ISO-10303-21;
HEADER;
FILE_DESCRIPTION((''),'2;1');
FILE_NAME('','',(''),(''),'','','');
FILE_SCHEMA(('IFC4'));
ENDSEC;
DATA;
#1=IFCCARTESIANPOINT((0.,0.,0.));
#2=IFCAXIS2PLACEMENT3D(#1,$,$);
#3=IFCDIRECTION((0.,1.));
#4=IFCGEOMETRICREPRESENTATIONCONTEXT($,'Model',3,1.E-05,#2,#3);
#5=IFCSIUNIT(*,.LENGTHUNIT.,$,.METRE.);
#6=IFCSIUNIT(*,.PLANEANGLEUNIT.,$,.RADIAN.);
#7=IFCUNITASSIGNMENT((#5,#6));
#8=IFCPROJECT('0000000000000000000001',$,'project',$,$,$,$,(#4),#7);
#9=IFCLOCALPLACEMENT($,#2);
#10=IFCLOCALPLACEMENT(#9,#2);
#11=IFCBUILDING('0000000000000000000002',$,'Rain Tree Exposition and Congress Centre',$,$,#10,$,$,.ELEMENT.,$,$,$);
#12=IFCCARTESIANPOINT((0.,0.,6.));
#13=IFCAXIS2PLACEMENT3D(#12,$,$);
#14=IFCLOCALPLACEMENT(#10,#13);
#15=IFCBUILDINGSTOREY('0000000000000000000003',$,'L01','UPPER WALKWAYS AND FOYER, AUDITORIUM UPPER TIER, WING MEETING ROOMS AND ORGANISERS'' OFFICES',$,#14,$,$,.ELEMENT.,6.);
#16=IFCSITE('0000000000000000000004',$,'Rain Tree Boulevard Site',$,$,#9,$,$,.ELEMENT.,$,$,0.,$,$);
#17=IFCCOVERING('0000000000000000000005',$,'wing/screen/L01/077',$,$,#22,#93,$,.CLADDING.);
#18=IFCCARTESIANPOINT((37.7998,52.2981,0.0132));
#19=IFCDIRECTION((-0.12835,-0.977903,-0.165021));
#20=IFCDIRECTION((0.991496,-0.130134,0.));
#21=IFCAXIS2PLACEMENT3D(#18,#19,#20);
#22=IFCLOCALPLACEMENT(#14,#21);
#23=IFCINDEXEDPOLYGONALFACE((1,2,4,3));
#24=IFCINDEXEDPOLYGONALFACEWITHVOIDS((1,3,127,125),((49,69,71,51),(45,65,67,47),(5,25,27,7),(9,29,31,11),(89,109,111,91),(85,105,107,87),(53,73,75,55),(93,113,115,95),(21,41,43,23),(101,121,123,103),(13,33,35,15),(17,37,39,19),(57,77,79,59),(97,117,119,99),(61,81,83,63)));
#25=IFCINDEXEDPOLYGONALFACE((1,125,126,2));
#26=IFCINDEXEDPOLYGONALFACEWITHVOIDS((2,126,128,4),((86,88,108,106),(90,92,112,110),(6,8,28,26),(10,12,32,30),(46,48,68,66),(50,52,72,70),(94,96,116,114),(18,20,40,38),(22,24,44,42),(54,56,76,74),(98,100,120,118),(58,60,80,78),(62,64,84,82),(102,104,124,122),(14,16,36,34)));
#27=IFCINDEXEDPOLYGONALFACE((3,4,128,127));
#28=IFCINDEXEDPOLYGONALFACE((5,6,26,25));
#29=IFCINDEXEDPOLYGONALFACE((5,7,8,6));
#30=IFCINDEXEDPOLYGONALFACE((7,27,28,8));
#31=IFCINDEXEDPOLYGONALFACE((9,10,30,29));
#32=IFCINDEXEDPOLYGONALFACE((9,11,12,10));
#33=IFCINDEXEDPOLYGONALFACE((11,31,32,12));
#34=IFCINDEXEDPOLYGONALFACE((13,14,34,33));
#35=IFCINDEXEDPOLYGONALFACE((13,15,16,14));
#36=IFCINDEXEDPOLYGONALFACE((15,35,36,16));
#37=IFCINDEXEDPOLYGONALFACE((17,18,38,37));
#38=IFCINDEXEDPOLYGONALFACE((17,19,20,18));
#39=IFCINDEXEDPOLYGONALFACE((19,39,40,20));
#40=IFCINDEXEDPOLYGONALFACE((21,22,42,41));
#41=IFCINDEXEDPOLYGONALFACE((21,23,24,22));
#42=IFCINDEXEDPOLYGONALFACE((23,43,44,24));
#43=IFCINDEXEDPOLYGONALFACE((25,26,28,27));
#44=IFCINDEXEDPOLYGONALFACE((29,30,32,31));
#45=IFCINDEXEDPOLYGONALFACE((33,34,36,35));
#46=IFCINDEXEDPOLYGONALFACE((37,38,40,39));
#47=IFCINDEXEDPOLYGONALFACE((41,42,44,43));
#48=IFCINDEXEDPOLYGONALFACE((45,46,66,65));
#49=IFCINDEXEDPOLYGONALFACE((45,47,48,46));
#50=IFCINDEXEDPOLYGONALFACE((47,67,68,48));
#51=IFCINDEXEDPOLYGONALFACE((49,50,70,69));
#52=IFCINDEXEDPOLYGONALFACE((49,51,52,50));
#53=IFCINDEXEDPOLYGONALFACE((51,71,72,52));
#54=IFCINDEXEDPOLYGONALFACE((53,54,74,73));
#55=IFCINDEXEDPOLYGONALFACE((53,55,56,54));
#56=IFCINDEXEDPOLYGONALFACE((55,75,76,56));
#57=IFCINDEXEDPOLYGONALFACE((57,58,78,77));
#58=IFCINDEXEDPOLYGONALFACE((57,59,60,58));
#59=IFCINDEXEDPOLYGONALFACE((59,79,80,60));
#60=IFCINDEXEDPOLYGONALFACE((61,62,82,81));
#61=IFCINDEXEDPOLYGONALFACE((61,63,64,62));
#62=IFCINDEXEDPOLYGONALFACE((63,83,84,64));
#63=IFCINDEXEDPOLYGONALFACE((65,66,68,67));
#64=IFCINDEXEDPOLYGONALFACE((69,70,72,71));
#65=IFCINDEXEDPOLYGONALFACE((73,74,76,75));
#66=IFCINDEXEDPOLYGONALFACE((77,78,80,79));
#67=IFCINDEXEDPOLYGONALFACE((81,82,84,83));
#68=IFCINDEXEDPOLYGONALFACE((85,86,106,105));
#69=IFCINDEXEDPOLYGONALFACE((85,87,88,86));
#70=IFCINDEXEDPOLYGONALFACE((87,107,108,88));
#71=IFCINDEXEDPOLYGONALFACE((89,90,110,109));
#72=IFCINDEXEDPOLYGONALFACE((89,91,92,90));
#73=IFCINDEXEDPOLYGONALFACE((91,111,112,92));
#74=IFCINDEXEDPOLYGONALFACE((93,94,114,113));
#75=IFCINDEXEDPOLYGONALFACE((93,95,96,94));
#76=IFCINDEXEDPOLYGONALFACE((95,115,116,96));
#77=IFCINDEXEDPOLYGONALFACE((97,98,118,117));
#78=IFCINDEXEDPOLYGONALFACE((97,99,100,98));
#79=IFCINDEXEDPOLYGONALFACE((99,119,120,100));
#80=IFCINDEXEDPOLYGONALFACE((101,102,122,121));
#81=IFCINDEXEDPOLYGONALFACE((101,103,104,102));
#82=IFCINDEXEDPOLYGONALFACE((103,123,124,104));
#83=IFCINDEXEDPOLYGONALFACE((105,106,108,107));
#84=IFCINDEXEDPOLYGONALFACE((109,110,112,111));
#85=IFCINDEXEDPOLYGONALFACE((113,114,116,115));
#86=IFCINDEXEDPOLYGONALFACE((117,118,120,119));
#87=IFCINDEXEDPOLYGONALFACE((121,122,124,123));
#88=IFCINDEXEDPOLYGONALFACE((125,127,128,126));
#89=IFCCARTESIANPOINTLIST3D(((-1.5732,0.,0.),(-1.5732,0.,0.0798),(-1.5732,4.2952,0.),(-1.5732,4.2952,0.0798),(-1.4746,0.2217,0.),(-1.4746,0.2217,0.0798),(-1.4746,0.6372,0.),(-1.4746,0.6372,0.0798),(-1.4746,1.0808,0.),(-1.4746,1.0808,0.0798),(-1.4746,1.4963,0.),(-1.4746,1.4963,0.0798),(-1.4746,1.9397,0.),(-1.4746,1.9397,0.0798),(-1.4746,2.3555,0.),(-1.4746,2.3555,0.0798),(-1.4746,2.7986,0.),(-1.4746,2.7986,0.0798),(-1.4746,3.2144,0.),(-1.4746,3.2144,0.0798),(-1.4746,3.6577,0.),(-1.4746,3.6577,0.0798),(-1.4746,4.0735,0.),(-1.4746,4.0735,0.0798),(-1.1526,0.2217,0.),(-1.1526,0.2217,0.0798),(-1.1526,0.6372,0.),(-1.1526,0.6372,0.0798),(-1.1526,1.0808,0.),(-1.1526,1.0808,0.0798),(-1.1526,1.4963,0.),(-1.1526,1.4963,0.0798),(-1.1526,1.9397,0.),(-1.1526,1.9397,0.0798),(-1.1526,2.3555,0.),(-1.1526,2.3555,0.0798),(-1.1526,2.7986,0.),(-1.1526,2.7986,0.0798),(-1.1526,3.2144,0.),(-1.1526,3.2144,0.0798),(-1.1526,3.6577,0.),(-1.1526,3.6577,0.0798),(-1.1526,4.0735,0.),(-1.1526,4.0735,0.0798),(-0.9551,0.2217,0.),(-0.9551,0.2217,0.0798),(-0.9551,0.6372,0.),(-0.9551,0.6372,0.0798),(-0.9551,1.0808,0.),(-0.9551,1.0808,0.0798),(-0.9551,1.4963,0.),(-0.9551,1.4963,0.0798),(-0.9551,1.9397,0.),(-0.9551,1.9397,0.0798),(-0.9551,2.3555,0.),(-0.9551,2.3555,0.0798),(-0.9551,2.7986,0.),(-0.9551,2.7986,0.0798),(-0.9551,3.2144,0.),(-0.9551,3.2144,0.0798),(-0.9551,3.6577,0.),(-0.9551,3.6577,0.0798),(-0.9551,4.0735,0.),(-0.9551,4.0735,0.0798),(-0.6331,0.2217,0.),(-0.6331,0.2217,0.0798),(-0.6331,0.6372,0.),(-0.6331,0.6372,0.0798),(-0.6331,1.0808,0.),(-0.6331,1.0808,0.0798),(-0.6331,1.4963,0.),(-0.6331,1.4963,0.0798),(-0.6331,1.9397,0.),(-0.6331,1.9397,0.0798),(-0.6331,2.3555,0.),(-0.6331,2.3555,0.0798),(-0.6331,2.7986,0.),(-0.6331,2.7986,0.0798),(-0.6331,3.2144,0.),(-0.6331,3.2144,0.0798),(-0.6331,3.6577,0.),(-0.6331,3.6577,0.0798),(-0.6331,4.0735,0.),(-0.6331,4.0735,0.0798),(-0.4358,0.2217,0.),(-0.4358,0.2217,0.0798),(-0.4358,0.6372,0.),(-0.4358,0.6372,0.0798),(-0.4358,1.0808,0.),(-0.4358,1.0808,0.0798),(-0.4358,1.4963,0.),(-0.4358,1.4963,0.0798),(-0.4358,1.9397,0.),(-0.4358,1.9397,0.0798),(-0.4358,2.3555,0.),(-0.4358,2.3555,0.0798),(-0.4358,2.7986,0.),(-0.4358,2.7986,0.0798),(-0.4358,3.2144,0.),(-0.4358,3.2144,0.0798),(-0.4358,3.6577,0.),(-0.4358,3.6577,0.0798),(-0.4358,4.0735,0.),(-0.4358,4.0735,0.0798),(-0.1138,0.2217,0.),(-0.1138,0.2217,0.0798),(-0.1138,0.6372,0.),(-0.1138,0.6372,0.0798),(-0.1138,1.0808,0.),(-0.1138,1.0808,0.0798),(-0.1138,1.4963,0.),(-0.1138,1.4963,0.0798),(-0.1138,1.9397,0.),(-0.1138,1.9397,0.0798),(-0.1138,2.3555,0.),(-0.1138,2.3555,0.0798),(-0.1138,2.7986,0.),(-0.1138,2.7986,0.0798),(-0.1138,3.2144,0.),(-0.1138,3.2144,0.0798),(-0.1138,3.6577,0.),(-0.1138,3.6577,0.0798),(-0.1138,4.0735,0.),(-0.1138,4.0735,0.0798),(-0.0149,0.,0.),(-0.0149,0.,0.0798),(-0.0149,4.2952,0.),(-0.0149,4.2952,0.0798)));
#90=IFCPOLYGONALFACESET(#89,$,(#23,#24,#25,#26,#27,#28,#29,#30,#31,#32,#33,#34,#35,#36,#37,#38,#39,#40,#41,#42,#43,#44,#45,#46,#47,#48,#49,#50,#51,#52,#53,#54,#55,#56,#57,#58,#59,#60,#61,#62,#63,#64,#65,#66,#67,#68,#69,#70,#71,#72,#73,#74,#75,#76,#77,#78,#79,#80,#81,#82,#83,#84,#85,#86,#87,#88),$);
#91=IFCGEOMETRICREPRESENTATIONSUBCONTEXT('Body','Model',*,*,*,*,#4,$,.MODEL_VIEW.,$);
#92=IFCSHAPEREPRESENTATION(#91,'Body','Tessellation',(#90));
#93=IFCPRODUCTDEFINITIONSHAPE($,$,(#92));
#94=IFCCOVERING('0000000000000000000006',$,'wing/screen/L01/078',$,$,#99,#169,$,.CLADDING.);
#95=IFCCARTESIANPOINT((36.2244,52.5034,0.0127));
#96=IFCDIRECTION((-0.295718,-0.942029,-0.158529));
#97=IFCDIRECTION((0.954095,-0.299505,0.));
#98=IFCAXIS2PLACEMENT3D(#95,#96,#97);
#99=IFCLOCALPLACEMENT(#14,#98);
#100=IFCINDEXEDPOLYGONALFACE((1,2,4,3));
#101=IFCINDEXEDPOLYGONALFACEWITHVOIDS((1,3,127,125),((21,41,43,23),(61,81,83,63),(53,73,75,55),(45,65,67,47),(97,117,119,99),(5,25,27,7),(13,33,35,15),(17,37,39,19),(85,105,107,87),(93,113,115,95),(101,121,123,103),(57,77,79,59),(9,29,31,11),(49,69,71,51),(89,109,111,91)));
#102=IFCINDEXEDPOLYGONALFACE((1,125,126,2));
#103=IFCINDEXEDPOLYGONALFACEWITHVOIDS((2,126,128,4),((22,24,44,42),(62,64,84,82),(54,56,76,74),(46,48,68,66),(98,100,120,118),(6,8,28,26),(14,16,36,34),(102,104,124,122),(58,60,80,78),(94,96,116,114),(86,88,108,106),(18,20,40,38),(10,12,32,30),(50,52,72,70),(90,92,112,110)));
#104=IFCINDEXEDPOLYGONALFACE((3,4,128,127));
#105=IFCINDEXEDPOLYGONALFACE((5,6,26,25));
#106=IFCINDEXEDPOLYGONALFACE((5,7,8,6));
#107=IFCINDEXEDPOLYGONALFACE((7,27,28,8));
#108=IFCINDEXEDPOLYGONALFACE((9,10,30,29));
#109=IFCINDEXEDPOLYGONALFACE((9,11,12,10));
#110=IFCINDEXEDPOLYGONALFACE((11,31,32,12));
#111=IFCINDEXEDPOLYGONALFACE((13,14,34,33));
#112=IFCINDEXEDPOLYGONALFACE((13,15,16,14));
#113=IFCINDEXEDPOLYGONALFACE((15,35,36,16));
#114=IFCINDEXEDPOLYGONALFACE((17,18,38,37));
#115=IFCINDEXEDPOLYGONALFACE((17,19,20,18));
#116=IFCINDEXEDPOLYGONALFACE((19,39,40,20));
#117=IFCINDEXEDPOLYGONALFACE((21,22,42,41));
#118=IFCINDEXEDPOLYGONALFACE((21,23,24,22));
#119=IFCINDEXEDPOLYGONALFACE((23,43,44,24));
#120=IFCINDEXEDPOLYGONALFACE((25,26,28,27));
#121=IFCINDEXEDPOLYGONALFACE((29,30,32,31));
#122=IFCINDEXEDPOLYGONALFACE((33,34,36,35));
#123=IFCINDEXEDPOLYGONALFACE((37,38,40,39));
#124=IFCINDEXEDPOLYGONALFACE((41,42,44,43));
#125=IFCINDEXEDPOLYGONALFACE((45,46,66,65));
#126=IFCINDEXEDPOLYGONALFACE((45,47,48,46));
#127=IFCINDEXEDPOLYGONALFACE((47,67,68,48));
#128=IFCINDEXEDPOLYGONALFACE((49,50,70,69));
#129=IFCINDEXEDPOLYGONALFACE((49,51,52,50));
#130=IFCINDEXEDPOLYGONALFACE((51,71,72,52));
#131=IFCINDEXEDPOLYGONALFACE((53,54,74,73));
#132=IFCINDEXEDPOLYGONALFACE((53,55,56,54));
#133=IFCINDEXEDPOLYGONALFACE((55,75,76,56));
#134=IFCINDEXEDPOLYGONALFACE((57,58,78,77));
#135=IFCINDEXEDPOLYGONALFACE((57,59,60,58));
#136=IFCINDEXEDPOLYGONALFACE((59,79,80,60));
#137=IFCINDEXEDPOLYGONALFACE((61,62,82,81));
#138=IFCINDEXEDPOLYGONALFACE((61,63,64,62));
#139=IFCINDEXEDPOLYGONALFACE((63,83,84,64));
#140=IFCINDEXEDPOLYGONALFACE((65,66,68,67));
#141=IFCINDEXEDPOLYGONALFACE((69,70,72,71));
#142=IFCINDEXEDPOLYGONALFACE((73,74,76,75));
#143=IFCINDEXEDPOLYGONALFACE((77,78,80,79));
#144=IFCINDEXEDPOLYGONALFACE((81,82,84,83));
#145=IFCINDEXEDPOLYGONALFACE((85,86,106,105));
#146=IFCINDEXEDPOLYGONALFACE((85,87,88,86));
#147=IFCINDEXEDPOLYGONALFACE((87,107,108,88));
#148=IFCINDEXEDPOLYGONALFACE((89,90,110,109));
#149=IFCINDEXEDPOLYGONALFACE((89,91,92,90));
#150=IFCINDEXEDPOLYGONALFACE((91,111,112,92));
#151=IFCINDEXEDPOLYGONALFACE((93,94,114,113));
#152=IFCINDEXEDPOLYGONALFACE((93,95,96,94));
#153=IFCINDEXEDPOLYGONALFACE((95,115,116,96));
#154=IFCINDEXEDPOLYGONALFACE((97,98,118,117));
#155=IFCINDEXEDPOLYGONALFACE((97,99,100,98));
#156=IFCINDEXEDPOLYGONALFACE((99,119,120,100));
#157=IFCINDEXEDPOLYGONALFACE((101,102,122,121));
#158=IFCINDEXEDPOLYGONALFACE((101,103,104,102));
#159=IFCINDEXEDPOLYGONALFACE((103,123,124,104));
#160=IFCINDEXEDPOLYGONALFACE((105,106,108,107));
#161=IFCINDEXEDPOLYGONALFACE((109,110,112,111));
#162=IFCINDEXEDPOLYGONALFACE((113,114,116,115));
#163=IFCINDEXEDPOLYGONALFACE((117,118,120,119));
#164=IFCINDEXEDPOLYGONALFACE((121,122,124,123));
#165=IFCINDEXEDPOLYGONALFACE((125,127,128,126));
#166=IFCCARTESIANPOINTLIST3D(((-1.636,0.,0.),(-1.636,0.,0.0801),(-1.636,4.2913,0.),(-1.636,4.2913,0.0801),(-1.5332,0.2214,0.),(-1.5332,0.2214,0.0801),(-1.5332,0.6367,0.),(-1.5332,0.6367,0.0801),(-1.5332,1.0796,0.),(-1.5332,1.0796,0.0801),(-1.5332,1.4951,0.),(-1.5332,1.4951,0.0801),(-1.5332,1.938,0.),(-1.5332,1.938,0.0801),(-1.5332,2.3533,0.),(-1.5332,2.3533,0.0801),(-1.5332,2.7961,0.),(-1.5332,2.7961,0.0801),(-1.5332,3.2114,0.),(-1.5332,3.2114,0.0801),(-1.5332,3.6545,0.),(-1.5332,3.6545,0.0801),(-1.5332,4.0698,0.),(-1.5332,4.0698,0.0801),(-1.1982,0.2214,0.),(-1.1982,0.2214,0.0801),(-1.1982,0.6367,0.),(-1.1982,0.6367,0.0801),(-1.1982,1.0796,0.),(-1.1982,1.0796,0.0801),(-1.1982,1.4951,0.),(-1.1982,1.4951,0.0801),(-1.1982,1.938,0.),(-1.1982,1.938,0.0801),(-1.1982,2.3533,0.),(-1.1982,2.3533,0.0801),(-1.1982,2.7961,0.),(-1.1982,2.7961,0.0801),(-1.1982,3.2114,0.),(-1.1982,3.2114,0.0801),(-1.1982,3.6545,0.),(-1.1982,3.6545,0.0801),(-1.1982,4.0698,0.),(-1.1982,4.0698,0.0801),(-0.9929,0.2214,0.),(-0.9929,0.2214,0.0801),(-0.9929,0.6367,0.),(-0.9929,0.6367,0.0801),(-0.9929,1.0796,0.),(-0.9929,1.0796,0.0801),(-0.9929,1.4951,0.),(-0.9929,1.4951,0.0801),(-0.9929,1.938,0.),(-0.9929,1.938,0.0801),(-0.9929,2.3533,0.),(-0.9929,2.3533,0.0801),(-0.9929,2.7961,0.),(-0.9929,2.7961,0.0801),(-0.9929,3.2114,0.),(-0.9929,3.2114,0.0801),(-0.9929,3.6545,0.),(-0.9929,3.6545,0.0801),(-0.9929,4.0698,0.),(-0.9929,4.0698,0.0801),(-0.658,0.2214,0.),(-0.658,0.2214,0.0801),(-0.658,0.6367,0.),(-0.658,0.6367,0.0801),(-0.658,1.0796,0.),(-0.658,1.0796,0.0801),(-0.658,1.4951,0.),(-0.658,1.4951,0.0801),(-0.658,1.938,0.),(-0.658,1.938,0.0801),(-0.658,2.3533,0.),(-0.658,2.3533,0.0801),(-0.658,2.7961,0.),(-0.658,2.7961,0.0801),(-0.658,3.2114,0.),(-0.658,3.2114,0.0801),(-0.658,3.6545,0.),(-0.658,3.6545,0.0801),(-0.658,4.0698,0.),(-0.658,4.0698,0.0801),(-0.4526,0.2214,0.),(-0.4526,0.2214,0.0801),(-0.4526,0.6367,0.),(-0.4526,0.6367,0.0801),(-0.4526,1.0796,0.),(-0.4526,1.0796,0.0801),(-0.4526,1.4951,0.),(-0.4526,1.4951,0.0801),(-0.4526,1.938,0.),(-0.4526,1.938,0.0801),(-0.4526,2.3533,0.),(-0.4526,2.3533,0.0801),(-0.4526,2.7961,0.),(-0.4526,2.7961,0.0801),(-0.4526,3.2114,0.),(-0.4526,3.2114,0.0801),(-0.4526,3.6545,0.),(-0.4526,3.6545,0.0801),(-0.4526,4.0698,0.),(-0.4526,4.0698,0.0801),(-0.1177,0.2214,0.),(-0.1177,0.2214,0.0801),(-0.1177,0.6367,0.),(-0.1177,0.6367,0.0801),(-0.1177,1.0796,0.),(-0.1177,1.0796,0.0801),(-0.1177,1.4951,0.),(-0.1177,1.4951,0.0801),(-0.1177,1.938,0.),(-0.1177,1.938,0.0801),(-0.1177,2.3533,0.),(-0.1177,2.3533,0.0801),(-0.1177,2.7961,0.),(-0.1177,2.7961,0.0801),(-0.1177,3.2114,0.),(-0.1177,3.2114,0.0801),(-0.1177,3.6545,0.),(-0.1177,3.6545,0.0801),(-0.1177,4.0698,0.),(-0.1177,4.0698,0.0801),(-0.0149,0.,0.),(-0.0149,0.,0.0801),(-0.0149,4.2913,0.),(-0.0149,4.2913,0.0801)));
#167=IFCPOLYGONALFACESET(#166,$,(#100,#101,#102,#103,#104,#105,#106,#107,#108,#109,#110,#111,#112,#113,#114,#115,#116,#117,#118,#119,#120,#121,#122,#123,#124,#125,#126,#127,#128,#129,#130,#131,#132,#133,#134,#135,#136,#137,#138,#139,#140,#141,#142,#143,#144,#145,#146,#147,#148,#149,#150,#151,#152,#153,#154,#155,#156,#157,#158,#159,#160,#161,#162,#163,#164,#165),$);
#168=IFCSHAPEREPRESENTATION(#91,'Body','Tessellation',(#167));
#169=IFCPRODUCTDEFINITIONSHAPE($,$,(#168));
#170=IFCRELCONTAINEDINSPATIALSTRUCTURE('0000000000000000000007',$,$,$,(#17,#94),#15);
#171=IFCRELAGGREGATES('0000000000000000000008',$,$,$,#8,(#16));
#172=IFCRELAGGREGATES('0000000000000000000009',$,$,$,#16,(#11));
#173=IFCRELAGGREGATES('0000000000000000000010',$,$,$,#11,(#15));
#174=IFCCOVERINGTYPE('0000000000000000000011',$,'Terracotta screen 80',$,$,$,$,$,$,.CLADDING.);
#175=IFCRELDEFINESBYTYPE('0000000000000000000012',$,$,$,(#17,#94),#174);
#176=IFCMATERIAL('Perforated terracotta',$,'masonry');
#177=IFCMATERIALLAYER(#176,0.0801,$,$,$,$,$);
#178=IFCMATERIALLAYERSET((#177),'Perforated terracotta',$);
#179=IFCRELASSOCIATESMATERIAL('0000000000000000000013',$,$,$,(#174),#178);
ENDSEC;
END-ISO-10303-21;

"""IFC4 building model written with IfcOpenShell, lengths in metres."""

from ifc_helpers import new_model, si_unit, direction, frame, origin, place, context, subcontext, project, spatial, polyline, outline, extrude, material, layer, layer_set, type_object, element, save


model = new_model("IFC4")

# Units and contexts
model_context = context("Model", 3, precision=1e-05, world=origin(), true_north=direction((0.0, 1.0)))
body_context = subcontext(model_context, "Body", "Model", "MODEL_VIEW")
ifc_project = project(units=[si_unit("LENGTHUNIT", "METRE"), si_unit("PLANEANGLEUNIT", "RADIAN")], contexts=[model_context])

# Site, building, storey
site_placement = place(None, origin())
site = spatial("IfcSite", under=ifc_project, at=site_placement, Name="Rain Tree Boulevard Site", CompositionType="ELEMENT", RefElevation=0.0)
building_placement = place(site_placement, origin())
building = spatial("IfcBuilding", under=site, at=building_placement, Name="Rain Tree Exposition and Congress Centre", CompositionType="ELEMENT")
storey_placement = place(building_placement, frame((0.0, 0.0, 6.0)))
storey = spatial("IfcBuildingStorey", under=building, at=storey_placement, Name="L01", Description="UPPER WALKWAYS AND FOYER, AUDITORIUM UPPER TIER, WING MEETING ROOMS AND ORGANISERS' OFFICES", CompositionType="ELEMENT", Elevation=6.0)

# Coverings
ifc_material_1 = material(Name="Perforated terracotta", Category="masonry")
ifc_layer_1 = layer(ifc_material_1, 0.0801)
ifc_layer_set_1 = layer_set([ifc_layer_1], Name="Perforated terracotta")
covering_type = type_object("IfcCoveringType", Name="Terracotta screen 80", PredefinedType="CLADDING", material=ifc_layer_set_1)
covering_1_placement = place(storey_placement, frame((37.7998, 52.2981, 0.0132), z_axis=(-0.12835, -0.977903, -0.165021), x_axis=(0.991496, -0.130134, 0.0)))
element("IfcCovering", 1, at=covering_1_placement, inside=storey, type_object=covering_type, Name="wing/screen/L01/077", PredefinedType="CLADDING", context=body_context, shape_type="SweptSolid", body=[
    extrude(outline(polyline([(-1.5732, 0.0), (-1.5732, 4.2952), (-0.0149, 4.2952), (-0.0149, 0.0), (-1.5732, 0.0)]), holes=[polyline([(-0.1138, 0.2217), (-0.1138, 0.6372), (-0.4358, 0.6372), (-0.4358, 0.2217), (-0.1138, 0.2217)]), polyline([(-0.1138, 1.0808), (-0.1138, 1.4963), (-0.4358, 1.4963), (-0.4358, 1.0808), (-0.1138, 1.0808)]), polyline([(-0.1138, 1.9397), (-0.1138, 2.3555), (-0.4358, 2.3555), (-0.4358, 1.9397), (-0.1138, 1.9397)]), polyline([(-0.1138, 2.7986), (-0.1138, 3.2144), (-0.4358, 3.2144), (-0.4358, 2.7986), (-0.1138, 2.7986)]), polyline([(-0.1138, 3.6577), (-0.1138, 4.0735), (-0.4358, 4.0735), (-0.4358, 3.6577), (-0.1138, 3.6577)]), polyline([(-0.6331, 0.2217), (-0.6331, 0.6372), (-0.9551, 0.6372), (-0.9551, 0.2217), (-0.6331, 0.2217)]), polyline([(-0.6331, 1.0808), (-0.6331, 1.4963), (-0.9551, 1.4963), (-0.9551, 1.0808), (-0.6331, 1.0808)]), polyline([(-0.6331, 1.9397), (-0.6331, 2.3555), (-0.9551, 2.3555), (-0.9551, 1.9397), (-0.6331, 1.9397)]), polyline([(-0.6331, 2.7986), (-0.6331, 3.2144), (-0.9551, 3.2144), (-0.9551, 2.7986), (-0.6331, 2.7986)]), polyline([(-0.6331, 3.6577), (-0.6331, 4.0735), (-0.9551, 4.0735), (-0.9551, 3.6577), (-0.6331, 3.6577)]), polyline([(-1.1526, 0.2217), (-1.1526, 0.6372), (-1.4746, 0.6372), (-1.4746, 0.2217), (-1.1526, 0.2217)]), polyline([(-1.1526, 1.0808), (-1.1526, 1.4963), (-1.4746, 1.4963), (-1.4746, 1.0808), (-1.1526, 1.0808)]), polyline([(-1.1526, 1.9397), (-1.1526, 2.3555), (-1.4746, 2.3555), (-1.4746, 1.9397), (-1.1526, 1.9397)]), polyline([(-1.1526, 2.7986), (-1.1526, 3.2144), (-1.4746, 3.2144), (-1.4746, 2.7986), (-1.1526, 2.7986)]), polyline([(-1.1526, 3.6577), (-1.1526, 4.0735), (-1.4746, 4.0735), (-1.4746, 3.6577), (-1.1526, 3.6577)])]), origin(), (0.0, 0.0, 1.0), 0.0798),
])
covering_2_placement = place(storey_placement, frame((36.2244, 52.5034, 0.0127), z_axis=(-0.295718, -0.942029, -0.158529), x_axis=(0.954095, -0.299505, 0.0)))
element("IfcCovering", 2, at=covering_2_placement, inside=storey, type_object=covering_type, Name="wing/screen/L01/078", PredefinedType="CLADDING", context=body_context, shape_type="SweptSolid", body=[
    extrude(outline(polyline([(-1.636, 0.0), (-1.636, 4.2913), (-0.0149, 4.2913), (-0.0149, 0.0), (-1.636, 0.0)]), holes=[polyline([(-0.1177, 0.2214), (-0.1177, 0.6367), (-0.4526, 0.6367), (-0.4526, 0.2214), (-0.1177, 0.2214)]), polyline([(-0.1177, 1.0796), (-0.1177, 1.4951), (-0.4526, 1.4951), (-0.4526, 1.0796), (-0.1177, 1.0796)]), polyline([(-0.1177, 1.938), (-0.1177, 2.3533), (-0.4526, 2.3533), (-0.4526, 1.938), (-0.1177, 1.938)]), polyline([(-0.1177, 2.7961), (-0.1177, 3.2114), (-0.4526, 3.2114), (-0.4526, 2.7961), (-0.1177, 2.7961)]), polyline([(-0.1177, 3.6545), (-0.1177, 4.0698), (-0.4526, 4.0698), (-0.4526, 3.6545), (-0.1177, 3.6545)]), polyline([(-0.658, 0.2214), (-0.658, 0.6367), (-0.9929, 0.6367), (-0.9929, 0.2214), (-0.658, 0.2214)]), polyline([(-0.658, 1.0796), (-0.658, 1.4951), (-0.9929, 1.4951), (-0.9929, 1.0796), (-0.658, 1.0796)]), polyline([(-0.658, 1.938), (-0.658, 2.3533), (-0.9929, 2.3533), (-0.9929, 1.938), (-0.658, 1.938)]), polyline([(-0.658, 2.7961), (-0.658, 3.2114), (-0.9929, 3.2114), (-0.9929, 2.7961), (-0.658, 2.7961)]), polyline([(-0.658, 3.6545), (-0.658, 4.0698), (-0.9929, 4.0698), (-0.9929, 3.6545), (-0.658, 3.6545)]), polyline([(-1.1982, 0.2214), (-1.1982, 0.6367), (-1.5332, 0.6367), (-1.5332, 0.2214), (-1.1982, 0.2214)]), polyline([(-1.1982, 1.0796), (-1.1982, 1.4951), (-1.5332, 1.4951), (-1.5332, 1.0796), (-1.1982, 1.0796)]), polyline([(-1.1982, 1.938), (-1.1982, 2.3533), (-1.5332, 2.3533), (-1.5332, 1.938), (-1.1982, 1.938)]), polyline([(-1.1982, 2.7961), (-1.1982, 3.2114), (-1.5332, 3.2114), (-1.5332, 2.7961), (-1.1982, 2.7961)]), polyline([(-1.1982, 3.6545), (-1.1982, 4.0698), (-1.5332, 4.0698), (-1.5332, 3.6545), (-1.1982, 3.6545)])]), origin(), (0.0, 0.0, 1.0), 0.0801),
])

save(model, "model.ifc")
